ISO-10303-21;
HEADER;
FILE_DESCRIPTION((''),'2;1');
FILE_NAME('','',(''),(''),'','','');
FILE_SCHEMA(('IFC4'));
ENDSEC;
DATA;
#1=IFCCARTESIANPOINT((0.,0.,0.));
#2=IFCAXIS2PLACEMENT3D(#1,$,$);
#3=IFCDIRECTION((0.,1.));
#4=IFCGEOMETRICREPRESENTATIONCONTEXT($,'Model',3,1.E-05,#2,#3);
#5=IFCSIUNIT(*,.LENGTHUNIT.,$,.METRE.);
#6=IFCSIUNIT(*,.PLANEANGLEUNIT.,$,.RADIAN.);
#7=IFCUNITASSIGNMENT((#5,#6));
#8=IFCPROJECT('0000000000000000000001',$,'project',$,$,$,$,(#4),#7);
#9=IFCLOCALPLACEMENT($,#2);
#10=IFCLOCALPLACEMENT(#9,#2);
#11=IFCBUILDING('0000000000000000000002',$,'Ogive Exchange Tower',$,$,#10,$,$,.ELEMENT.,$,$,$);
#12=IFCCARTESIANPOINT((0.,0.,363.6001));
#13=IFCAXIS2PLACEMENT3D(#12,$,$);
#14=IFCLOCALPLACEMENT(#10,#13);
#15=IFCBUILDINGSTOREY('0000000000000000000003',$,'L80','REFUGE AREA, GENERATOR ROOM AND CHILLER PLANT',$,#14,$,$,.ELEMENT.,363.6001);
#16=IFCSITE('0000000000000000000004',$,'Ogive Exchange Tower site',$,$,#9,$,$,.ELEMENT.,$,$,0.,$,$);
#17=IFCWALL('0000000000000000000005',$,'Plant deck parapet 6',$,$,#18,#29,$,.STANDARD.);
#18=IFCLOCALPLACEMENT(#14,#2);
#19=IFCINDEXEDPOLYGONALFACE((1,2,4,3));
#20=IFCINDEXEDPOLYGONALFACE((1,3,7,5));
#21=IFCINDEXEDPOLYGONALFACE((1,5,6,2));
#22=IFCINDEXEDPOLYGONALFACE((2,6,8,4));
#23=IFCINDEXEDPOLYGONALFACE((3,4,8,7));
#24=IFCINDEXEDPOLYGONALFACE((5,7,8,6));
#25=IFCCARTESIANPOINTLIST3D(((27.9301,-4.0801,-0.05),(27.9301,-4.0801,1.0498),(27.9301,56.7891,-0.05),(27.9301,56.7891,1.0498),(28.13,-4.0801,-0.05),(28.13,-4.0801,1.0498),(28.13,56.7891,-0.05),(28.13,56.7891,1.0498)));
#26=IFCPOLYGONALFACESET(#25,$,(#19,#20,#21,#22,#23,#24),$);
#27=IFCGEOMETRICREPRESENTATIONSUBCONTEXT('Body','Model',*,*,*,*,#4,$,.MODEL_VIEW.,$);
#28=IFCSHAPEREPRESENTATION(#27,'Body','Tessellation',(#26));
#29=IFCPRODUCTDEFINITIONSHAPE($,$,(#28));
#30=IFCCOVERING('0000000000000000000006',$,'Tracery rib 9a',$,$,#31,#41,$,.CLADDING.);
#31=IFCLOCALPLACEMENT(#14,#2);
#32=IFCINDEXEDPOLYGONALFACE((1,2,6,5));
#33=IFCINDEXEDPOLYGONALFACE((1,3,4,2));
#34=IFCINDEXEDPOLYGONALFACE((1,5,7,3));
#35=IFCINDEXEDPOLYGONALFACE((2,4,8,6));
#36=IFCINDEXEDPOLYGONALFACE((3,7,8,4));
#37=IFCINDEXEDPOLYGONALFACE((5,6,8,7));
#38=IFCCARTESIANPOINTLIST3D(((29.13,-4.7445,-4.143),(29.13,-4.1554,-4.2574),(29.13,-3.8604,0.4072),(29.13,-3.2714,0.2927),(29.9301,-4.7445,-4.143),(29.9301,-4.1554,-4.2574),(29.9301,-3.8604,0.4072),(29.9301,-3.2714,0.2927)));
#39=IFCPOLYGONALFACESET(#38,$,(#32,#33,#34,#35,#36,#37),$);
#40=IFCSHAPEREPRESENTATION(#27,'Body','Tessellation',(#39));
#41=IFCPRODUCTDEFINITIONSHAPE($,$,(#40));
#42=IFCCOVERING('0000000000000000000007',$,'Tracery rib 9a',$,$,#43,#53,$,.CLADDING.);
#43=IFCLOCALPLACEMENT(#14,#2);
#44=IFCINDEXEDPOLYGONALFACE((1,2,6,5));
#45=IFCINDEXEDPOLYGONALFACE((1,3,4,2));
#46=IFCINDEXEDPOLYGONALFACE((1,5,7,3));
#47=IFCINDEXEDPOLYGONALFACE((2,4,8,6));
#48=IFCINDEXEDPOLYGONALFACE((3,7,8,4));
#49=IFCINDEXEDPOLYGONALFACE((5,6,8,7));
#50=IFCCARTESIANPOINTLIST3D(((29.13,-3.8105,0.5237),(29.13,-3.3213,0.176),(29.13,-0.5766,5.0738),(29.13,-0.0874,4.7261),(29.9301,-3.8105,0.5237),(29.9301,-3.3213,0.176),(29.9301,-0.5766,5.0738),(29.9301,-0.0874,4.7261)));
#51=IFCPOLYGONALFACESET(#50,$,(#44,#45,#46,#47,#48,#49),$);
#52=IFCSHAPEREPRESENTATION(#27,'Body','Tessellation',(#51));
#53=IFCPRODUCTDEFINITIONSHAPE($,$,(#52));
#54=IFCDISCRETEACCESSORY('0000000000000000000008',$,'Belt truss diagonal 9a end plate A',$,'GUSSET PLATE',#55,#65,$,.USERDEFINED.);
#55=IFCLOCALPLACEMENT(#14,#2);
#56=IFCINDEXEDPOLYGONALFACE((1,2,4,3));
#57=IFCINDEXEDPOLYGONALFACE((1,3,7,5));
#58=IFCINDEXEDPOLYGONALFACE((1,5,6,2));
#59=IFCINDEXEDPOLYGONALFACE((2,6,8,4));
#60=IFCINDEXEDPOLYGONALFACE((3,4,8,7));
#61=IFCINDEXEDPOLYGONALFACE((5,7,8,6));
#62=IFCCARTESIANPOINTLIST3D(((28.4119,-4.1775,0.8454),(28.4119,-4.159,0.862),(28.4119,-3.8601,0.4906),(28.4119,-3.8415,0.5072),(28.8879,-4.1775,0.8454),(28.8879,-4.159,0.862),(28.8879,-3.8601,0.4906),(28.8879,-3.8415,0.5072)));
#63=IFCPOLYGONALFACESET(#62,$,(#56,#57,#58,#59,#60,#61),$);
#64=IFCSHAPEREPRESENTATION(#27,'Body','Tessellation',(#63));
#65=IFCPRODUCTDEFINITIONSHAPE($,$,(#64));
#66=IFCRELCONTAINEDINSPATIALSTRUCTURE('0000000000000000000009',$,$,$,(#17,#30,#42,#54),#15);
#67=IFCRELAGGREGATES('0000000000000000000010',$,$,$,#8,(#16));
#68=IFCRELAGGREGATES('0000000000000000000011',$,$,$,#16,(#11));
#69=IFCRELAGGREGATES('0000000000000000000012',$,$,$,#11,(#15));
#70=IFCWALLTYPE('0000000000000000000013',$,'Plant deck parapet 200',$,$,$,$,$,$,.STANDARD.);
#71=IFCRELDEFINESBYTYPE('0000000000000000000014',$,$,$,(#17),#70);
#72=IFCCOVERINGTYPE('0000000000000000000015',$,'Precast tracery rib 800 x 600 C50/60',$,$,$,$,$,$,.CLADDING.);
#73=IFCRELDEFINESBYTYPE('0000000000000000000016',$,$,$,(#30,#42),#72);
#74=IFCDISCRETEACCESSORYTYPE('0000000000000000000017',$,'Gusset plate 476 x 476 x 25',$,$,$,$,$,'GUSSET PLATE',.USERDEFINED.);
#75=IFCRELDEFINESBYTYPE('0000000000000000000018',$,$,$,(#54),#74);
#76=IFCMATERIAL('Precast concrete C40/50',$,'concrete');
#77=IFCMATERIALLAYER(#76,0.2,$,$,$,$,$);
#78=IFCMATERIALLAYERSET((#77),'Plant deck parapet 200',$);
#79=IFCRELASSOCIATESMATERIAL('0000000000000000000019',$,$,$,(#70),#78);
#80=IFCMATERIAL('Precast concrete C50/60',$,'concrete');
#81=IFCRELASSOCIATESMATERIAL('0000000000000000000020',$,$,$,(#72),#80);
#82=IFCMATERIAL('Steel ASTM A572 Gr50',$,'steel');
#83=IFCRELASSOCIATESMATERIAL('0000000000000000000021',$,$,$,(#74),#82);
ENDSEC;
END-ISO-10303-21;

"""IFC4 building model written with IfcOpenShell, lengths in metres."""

from ifc_helpers import new_model, si_unit, direction, frame, frame_2d, origin, origin_2d, place, context, subcontext, project, spatial, rectangle, extrude, material, layer, layer_set, material_profile, profile_set, type_object, element, save


model = new_model("IFC4")

# Units and contexts
model_context = context("Model", 3, precision=1e-05, world=origin(), true_north=direction((0.0, 1.0)))
body_context = subcontext(model_context, "Body", "Model", "MODEL_VIEW")
ifc_project = project(units=[si_unit("LENGTHUNIT", "METRE"), si_unit("PLANEANGLEUNIT", "RADIAN")], contexts=[model_context])

# Site, building, storey
site_placement = place(None, origin())
site = spatial("IfcSite", under=ifc_project, at=site_placement, Name="Ogive Exchange Tower site", CompositionType="ELEMENT", RefElevation=0.0)
building_placement = place(site_placement, origin())
building = spatial("IfcBuilding", under=site, at=building_placement, Name="Ogive Exchange Tower", CompositionType="ELEMENT")
storey_placement = place(building_placement, frame((0.0, 0.0, 363.6001)))
storey = spatial("IfcBuildingStorey", under=building, at=storey_placement, Name="L80", Description="REFUGE AREA, GENERATOR ROOM AND CHILLER PLANT", CompositionType="ELEMENT", Elevation=363.6001)

# Shared definitions
ifc_material_1 = material(Name="Precast concrete C40/50", Category="concrete")

# Wall
ifc_layer_1 = layer(ifc_material_1, 0.2)
ifc_layer_set_1 = layer_set([ifc_layer_1], Name="Plant deck parapet 200")
wall_type_1 = type_object("IfcWallType", Name="Plant deck parapet 200", PredefinedType="STANDARD", material=ifc_layer_set_1)
wall_1_placement = place(storey_placement, frame((28.03, -4.0801, -0.05), z_axis=(0.0, 0.0, 1.0), x_axis=(0.0, 1.0, 0.0)))
element("IfcWall", 1, at=wall_1_placement, inside=storey, type_object=wall_type_1, Name="Plant deck parapet 6", PredefinedType="STANDARD", context=body_context, shape_type="SweptSolid", body=[
    extrude(rectangle(XDim=60.8691, YDim=0.2, at=frame_2d((30.4346, 0.0))), origin(), (0.0, 0.0, 1.0), 1.0999),
])

# Coverings
ifc_material_2 = material(Name="Precast concrete C50/60", Category="concrete")
ifc_material_profile_1 = material_profile(ifc_material_2, rectangle(XDim=0.8, YDim=0.6001, at=origin_2d()), Name="RIB 800 x 600")
ifc_profile_set_1 = profile_set([ifc_material_profile_1], Name="Precast concrete C50/60")
covering_type = type_object("IfcCoveringType", Name="Precast tracery rib 800 x 600 C50/60", PredefinedType="CLADDING", material=ifc_profile_set_1)
covering_1_placement = place(storey_placement, frame((29.53, -4.45, -4.2002), z_axis=(0.0, 0.190724, 0.981644), x_axis=(-1.0, 0.0, 0.0)))
element("IfcCovering", 2, at=covering_1_placement, inside=storey, type_object=covering_type, Name="Tracery rib 9a", PredefinedType="CLADDING", context=body_context, shape_type="SweptSolid", body=[
    extrude(rectangle(XDim=0.8, YDim=0.6001, at=origin_2d()), origin(), (0.0, 0.0, 1.0), 4.6353),
])
covering_2_placement = place(storey_placement, frame((29.53, -3.5659, 0.3499), z_axis=(0.0, 0.579321, 0.815099), x_axis=(-1.0, 0.0, 0.0)))
element("IfcCovering", 3, at=covering_2_placement, inside=storey, type_object=covering_type, Name="Tracery rib 9a", PredefinedType="CLADDING", context=body_context, shape_type="SweptSolid", body=[
    extrude(rectangle(XDim=0.8, YDim=0.6001, at=origin_2d()), origin(), (0.0, 0.0, 1.0), 5.5823),
])

# Discrete accessory
ifc_material_3 = material(Name="Steel ASTM A572 Gr50", Category="steel")
ifc_material_profile_2 = material_profile(ifc_material_3, rectangle(XDim=0.4761, YDim=0.4761, at=origin_2d()), Name="PL 476 x 476 x 25")
ifc_profile_set_2 = profile_set([ifc_material_profile_2], Name="Steel ASTM A572 Gr50")
discrete_accessory_type = type_object("IfcDiscreteAccessoryType", Name="Gusset plate 476 x 476 x 25", ElementType="GUSSET PLATE", PredefinedType="USERDEFINED", material=ifc_profile_set_2)
discrete_accessory_placement = place(storey_placement, frame((28.6499, -4.0188, 0.668), z_axis=(0.0, 0.745241, 0.666795), x_axis=(-1.0, 0.0, 0.0)))
element("IfcDiscreteAccessory", 4, at=discrete_accessory_placement, inside=storey, type_object=discrete_accessory_type, Name="Belt truss diagonal 9a end plate A", ObjectType="GUSSET PLATE", PredefinedType="USERDEFINED", context=body_context, shape_type="SweptSolid", body=[
    extrude(rectangle(XDim=0.4761, YDim=0.4761, at=origin_2d()), origin(), (0.0, 0.0, 1.0), 0.0249),
])

save(model, "model.ifc")
